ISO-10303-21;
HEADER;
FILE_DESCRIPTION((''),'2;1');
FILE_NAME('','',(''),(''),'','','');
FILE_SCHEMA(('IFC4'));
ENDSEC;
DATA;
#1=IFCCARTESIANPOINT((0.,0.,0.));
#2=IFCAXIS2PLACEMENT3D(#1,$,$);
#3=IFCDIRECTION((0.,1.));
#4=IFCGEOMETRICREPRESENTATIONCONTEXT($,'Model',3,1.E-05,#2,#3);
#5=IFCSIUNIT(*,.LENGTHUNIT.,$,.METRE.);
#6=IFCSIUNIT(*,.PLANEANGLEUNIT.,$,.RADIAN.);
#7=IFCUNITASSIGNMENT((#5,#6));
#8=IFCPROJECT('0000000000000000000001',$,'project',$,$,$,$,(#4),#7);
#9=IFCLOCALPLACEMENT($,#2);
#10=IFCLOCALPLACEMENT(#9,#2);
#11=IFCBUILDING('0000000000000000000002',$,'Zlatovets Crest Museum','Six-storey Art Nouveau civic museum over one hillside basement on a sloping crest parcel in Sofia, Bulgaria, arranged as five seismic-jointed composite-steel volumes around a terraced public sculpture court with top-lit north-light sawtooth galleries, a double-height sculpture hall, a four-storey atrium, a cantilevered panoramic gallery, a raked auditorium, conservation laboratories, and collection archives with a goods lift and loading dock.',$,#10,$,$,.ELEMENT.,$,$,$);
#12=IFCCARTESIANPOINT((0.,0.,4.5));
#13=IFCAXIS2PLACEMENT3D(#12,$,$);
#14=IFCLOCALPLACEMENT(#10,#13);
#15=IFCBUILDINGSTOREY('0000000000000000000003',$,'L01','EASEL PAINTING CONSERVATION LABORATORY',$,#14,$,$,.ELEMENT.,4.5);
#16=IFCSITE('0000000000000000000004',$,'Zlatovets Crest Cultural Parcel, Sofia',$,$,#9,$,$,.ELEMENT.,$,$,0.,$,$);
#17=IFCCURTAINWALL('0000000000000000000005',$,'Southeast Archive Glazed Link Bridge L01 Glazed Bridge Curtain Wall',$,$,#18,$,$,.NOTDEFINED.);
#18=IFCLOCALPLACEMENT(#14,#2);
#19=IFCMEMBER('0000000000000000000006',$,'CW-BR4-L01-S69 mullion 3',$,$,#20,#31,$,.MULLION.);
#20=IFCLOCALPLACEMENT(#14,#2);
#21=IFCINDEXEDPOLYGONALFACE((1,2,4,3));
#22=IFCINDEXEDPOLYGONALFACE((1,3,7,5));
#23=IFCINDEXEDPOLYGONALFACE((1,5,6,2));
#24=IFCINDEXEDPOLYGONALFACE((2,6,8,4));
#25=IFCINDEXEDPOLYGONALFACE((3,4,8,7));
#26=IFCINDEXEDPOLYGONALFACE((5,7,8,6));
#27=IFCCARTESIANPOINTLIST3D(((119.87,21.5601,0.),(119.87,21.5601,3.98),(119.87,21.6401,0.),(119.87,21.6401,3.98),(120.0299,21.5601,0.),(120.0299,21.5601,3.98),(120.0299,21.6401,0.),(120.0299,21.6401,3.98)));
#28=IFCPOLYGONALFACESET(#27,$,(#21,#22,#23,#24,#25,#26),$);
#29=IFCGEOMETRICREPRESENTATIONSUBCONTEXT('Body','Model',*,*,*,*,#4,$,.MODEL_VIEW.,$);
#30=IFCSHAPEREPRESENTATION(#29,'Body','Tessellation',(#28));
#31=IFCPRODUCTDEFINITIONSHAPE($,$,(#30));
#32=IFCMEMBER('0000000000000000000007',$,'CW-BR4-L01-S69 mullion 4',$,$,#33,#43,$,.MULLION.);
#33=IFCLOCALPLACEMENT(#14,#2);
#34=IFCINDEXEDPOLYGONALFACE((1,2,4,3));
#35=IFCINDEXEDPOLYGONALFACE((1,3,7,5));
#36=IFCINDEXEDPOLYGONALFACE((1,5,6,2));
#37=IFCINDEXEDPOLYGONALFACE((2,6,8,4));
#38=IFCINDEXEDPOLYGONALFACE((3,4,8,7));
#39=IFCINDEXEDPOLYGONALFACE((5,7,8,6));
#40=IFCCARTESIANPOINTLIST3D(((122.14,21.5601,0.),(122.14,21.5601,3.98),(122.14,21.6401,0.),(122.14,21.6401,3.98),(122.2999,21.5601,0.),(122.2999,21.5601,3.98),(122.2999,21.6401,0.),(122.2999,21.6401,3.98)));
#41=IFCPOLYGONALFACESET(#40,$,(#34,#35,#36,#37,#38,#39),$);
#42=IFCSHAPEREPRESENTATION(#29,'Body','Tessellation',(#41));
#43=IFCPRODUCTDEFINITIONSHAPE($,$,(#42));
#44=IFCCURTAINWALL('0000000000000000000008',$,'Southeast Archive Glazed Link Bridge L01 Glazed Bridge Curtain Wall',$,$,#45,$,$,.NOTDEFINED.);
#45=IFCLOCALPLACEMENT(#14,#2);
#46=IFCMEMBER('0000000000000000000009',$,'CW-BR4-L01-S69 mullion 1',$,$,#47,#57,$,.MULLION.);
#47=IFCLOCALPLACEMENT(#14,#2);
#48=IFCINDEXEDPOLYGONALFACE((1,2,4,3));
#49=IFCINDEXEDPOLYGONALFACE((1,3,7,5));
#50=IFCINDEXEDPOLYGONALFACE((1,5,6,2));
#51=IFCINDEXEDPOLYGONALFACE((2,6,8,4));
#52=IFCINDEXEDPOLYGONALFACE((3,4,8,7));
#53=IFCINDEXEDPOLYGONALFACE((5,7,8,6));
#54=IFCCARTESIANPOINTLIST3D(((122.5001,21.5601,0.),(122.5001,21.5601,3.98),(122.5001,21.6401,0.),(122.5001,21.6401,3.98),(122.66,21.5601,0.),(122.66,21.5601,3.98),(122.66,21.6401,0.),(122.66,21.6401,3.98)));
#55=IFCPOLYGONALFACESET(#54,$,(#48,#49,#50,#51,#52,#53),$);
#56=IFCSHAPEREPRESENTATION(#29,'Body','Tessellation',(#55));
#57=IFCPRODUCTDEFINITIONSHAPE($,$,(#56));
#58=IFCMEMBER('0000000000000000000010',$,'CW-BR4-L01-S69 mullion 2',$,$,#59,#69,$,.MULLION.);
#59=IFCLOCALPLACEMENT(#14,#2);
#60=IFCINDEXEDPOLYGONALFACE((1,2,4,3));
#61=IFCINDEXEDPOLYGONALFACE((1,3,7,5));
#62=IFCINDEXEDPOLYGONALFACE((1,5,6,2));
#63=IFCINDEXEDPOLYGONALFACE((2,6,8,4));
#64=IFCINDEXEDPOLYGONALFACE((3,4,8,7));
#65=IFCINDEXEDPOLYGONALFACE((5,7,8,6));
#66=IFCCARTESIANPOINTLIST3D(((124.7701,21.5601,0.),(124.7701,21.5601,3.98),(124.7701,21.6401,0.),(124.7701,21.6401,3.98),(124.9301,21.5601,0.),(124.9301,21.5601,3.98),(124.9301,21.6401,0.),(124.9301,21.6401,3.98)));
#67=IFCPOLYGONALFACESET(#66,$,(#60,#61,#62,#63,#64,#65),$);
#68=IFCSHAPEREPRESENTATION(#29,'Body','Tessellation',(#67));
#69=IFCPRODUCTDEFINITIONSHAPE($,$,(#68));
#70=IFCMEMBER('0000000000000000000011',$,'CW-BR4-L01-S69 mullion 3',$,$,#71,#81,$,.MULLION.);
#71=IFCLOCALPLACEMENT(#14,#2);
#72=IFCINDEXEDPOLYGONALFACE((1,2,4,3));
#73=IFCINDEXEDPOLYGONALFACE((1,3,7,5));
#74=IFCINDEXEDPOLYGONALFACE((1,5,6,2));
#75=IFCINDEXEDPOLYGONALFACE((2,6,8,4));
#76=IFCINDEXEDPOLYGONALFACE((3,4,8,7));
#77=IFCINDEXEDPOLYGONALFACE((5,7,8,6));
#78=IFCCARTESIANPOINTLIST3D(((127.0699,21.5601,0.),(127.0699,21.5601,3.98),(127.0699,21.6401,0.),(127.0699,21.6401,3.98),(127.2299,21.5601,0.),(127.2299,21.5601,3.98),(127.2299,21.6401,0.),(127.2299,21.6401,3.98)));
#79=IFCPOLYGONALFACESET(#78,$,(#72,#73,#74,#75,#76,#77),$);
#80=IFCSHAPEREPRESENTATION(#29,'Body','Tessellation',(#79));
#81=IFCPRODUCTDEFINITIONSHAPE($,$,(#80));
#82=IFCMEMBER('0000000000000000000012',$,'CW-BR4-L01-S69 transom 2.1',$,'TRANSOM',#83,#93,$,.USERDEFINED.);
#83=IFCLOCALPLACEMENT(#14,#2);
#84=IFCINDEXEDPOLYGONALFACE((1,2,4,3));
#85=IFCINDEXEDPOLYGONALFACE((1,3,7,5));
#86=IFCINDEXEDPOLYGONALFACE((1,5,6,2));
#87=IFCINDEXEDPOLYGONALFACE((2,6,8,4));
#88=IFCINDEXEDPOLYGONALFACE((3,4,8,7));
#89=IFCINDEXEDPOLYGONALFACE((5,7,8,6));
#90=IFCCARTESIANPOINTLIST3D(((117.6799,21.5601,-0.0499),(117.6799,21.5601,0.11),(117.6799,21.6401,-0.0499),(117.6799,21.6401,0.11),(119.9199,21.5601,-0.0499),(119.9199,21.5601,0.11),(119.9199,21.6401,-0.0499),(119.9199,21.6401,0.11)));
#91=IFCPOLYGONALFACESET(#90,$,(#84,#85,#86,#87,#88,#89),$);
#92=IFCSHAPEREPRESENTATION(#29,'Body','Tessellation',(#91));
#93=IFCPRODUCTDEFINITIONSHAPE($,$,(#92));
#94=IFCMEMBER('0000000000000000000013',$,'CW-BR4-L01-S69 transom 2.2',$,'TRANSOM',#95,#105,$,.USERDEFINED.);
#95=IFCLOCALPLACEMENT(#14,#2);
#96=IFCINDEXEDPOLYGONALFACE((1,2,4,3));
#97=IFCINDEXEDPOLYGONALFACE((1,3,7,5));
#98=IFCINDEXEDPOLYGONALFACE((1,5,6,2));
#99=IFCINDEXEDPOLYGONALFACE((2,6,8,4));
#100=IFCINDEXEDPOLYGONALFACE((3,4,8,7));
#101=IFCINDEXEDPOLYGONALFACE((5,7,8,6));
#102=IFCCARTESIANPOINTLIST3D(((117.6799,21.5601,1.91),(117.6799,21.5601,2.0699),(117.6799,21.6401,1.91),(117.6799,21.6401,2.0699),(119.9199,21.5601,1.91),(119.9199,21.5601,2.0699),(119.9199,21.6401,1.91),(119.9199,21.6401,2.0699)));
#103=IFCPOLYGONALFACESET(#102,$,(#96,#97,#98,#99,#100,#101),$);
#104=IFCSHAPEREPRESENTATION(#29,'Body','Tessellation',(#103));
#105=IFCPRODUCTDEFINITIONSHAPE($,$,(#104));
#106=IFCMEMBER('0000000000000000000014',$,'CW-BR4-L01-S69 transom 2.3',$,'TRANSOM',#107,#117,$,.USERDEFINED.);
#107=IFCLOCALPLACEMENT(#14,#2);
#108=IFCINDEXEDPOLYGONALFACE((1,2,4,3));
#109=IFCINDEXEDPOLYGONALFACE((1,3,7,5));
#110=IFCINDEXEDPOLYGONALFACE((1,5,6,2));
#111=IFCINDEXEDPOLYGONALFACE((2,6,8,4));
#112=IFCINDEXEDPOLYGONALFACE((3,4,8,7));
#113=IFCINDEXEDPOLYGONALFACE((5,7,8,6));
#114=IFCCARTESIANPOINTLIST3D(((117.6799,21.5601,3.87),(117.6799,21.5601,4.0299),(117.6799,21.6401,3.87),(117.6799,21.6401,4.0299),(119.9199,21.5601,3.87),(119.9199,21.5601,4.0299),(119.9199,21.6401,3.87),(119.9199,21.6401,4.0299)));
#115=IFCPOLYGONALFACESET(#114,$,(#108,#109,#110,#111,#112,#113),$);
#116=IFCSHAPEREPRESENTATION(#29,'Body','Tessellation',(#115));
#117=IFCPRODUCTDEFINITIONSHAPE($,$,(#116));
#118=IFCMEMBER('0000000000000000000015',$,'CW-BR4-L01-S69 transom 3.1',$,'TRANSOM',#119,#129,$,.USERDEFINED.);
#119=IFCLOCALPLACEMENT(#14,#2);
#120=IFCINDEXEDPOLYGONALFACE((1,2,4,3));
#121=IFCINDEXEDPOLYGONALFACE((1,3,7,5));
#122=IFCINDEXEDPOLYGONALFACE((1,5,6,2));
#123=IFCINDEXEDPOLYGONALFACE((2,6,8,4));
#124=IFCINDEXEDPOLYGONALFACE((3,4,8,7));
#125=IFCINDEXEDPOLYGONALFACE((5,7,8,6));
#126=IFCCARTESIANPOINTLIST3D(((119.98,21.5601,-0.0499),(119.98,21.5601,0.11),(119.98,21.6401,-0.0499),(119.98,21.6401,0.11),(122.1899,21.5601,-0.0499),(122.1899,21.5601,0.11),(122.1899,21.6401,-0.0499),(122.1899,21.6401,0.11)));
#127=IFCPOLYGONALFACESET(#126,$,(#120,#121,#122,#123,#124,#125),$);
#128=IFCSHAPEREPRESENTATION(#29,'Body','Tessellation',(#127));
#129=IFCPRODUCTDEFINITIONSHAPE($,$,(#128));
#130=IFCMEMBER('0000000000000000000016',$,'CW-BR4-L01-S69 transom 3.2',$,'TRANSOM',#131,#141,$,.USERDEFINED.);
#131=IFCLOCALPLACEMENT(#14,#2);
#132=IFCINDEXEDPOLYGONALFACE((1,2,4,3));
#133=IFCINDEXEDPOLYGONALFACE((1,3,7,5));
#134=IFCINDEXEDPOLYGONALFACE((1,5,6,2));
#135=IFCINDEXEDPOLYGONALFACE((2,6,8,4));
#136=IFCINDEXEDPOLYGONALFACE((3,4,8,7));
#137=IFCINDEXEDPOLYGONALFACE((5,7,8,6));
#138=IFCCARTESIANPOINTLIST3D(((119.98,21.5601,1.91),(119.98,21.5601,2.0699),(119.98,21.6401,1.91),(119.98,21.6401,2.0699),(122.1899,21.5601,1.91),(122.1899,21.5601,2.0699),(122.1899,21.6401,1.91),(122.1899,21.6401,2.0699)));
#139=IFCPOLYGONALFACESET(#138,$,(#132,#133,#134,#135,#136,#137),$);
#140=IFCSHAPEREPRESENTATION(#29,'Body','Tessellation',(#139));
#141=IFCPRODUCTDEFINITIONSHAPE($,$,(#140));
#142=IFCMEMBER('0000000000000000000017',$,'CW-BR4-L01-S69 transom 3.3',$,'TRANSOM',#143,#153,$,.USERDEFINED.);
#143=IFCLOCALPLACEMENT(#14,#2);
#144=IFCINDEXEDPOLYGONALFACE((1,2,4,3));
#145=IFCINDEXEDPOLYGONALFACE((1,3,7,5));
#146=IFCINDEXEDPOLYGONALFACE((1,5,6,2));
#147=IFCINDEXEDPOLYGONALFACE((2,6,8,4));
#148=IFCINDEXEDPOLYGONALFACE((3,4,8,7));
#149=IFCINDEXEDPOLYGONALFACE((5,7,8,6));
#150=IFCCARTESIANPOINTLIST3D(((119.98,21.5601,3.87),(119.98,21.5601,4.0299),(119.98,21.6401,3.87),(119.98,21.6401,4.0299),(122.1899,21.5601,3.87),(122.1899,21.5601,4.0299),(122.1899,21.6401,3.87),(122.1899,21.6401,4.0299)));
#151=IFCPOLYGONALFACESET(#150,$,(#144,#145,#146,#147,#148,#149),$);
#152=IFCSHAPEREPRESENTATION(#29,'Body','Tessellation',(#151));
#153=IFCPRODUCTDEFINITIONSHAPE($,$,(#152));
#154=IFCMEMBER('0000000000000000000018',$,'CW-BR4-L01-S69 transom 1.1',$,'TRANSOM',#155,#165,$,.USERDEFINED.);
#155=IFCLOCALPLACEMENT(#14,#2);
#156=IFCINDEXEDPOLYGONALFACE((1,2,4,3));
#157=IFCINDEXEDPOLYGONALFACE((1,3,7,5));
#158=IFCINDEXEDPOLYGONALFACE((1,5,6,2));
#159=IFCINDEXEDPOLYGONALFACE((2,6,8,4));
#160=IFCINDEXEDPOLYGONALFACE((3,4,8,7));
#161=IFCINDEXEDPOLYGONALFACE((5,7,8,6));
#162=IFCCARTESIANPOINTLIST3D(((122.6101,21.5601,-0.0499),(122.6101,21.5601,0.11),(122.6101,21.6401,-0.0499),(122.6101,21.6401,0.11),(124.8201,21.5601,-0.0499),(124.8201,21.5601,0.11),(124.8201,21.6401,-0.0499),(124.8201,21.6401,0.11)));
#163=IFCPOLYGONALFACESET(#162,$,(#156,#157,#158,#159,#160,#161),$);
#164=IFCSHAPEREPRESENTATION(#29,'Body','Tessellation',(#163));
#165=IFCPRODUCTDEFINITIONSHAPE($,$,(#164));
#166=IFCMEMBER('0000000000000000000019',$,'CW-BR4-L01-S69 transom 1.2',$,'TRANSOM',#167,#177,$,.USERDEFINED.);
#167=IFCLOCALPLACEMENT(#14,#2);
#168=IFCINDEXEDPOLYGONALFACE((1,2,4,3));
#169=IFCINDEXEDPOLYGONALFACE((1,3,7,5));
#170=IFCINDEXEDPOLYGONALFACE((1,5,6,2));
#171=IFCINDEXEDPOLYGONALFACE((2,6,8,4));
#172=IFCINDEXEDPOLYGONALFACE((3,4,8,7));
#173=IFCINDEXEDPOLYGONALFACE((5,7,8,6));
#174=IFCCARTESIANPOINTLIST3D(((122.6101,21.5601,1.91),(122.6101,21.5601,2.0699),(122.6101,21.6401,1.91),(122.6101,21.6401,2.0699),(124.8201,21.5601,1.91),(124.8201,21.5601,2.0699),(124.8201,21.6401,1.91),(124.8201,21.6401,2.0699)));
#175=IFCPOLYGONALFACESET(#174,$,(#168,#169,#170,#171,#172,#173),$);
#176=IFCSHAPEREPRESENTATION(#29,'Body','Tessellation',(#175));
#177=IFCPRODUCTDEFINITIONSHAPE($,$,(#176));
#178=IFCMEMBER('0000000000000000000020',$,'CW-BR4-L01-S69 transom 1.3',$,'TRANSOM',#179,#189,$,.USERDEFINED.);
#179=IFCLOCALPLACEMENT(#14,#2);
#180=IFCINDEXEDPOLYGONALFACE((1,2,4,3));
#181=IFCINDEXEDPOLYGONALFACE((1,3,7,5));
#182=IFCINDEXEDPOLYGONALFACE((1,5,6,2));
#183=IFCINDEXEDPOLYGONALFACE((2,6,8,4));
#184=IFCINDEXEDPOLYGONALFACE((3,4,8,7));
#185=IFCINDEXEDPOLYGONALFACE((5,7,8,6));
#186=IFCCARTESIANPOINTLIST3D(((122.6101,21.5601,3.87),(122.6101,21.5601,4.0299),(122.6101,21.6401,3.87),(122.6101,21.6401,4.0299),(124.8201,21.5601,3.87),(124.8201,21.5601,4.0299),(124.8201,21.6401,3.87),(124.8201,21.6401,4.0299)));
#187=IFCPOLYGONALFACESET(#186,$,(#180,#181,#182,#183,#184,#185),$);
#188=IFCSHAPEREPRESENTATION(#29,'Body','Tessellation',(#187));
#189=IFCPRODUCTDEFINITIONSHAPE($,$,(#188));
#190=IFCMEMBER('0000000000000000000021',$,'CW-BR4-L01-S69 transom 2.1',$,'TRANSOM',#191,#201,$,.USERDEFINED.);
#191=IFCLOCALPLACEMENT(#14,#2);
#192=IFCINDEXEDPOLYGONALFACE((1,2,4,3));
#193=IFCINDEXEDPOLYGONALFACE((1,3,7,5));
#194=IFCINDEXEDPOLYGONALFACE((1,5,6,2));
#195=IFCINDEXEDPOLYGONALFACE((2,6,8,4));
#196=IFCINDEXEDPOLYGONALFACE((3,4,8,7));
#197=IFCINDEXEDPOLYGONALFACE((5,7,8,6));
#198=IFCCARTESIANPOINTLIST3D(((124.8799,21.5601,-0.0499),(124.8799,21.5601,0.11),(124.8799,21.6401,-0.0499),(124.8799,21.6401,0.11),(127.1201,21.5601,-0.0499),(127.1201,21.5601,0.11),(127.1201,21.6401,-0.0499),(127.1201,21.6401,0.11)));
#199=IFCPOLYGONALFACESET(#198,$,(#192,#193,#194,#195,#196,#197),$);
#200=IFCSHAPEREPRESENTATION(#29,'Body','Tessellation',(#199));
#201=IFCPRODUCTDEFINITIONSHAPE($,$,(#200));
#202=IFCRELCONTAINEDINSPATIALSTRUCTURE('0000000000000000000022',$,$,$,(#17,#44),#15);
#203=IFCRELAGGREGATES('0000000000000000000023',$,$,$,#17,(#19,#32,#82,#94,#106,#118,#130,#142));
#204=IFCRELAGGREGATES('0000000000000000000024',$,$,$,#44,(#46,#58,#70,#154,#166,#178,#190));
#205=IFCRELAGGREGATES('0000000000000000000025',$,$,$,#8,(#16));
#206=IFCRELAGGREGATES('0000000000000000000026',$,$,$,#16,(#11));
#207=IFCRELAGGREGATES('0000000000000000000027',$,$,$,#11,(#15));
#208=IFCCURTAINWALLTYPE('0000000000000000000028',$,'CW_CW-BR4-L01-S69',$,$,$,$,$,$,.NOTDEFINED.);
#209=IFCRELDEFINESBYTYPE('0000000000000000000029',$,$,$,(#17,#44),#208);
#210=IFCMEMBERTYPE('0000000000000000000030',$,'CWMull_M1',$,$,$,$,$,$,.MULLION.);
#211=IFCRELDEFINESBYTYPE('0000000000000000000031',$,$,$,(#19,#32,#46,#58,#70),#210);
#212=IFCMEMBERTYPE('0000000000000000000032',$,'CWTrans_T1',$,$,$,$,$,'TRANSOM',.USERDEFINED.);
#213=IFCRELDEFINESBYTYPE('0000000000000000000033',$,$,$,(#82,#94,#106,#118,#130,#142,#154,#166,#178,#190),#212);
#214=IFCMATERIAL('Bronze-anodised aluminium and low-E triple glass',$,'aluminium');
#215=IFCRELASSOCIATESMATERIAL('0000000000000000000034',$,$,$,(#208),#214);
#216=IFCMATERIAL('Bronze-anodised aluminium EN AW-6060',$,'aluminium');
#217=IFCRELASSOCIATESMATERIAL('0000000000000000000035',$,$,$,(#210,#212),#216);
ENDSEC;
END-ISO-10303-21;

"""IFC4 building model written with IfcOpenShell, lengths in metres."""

from ifc_helpers import new_model, si_unit, direction, frame, origin, origin_2d, place, context, subcontext, project, spatial, rectangle, extrude, material, material_profile, profile_set, type_object, element, aggregate, save


model = new_model("IFC4")

# Units and contexts
model_context = context("Model", 3, precision=1e-05, world=origin(), true_north=direction((0.0, 1.0)))
body_context = subcontext(model_context, "Body", "Model", "MODEL_VIEW")
ifc_project = project(units=[si_unit("LENGTHUNIT", "METRE"), si_unit("PLANEANGLEUNIT", "RADIAN")], contexts=[model_context])

# Site, building, storey
site_placement = place(None, origin())
site = spatial("IfcSite", under=ifc_project, at=site_placement, Name="Zlatovets Crest Cultural Parcel, Sofia", CompositionType="ELEMENT", RefElevation=0.0)
building_placement = place(site_placement, origin())
building = spatial("IfcBuilding", under=site, at=building_placement, Name="Zlatovets Crest Museum", Description="Six-storey Art Nouveau civic museum over one hillside basement on a sloping crest parcel in Sofia, Bulgaria, arranged as five seismic-jointed composite-steel volumes around a terraced public sculpture court with top-lit north-light sawtooth galleries, a double-height sculpture hall, a four-storey atrium, a cantilevered panoramic gallery, a raked auditorium, conservation laboratories, and collection archives with a goods lift and loading dock.", CompositionType="ELEMENT")
storey_placement = place(building_placement, frame((0.0, 0.0, 4.5)))
storey = spatial("IfcBuildingStorey", under=building, at=storey_placement, Name="L01", Description="EASEL PAINTING CONSERVATION LABORATORY", CompositionType="ELEMENT", Elevation=4.5)

# Curtain walls, members
ifc_material_1 = material(Name="Bronze-anodised aluminium and low-E triple glass", Category="aluminium")
curtain_wall_type = type_object("IfcCurtainWallType", Name="CW_CW-BR4-L01-S69", PredefinedType="NOTDEFINED", material=ifc_material_1)
curtain_wall_1_placement = place(storey_placement, origin())
curtain_wall_1 = element("IfcCurtainWall", 1, at=curtain_wall_1_placement, inside=storey, type_object=curtain_wall_type, Name="Southeast Archive Glazed Link Bridge L01 Glazed Bridge Curtain Wall", PredefinedType="NOTDEFINED")
ifc_material_2 = material(Name="Bronze-anodised aluminium EN AW-6060", Category="aluminium")
ifc_material_profile_1 = material_profile(ifc_material_2, rectangle(XDim=0.0801, YDim=0.1599, at=origin_2d()), Name="ALU 80x160")
ifc_profile_set_1 = profile_set([ifc_material_profile_1], Name="Bronze-anodised aluminium EN AW-6060")
member_type_1 = type_object("IfcMemberType", Name="CWMull_M1", PredefinedType="MULLION", material=ifc_profile_set_1)
member_1_placement = place(storey_placement, frame((119.95, 21.6001, 0.0), z_axis=(0.0, 0.0, 1.0), x_axis=(0.0, 1.0, 0.0)))
member_1 = element("IfcMember", 2, at=member_1_placement, type_object=member_type_1, Name="CW-BR4-L01-S69 mullion 3", PredefinedType="MULLION", context=body_context, shape_type="SweptSolid", body=[
    extrude(rectangle(XDim=0.0801, YDim=0.1599, at=origin_2d()), origin(), (0.0, 0.0, 1.0), 3.98),
])
member_2_placement = place(storey_placement, frame((122.22, 21.6001, 0.0), z_axis=(0.0, 0.0, 1.0), x_axis=(0.0, 1.0, 0.0)))
member_2 = element("IfcMember", 3, at=member_2_placement, type_object=member_type_1, Name="CW-BR4-L01-S69 mullion 4", PredefinedType="MULLION", context=body_context, shape_type="SweptSolid", body=[
    extrude(rectangle(XDim=0.0801, YDim=0.1599, at=origin_2d()), origin(), (0.0, 0.0, 1.0), 3.98),
])
curtain_wall_2_placement = place(storey_placement, origin())
curtain_wall_2 = element("IfcCurtainWall", 4, at=curtain_wall_2_placement, inside=storey, type_object=curtain_wall_type, Name="Southeast Archive Glazed Link Bridge L01 Glazed Bridge Curtain Wall", PredefinedType="NOTDEFINED")
member_3_placement = place(storey_placement, frame((122.5801, 21.6001, 0.0), z_axis=(0.0, 0.0, 1.0), x_axis=(0.0, 1.0, 0.0)))
member_3 = element("IfcMember", 5, at=member_3_placement, type_object=member_type_1, Name="CW-BR4-L01-S69 mullion 1", PredefinedType="MULLION", context=body_context, shape_type="SweptSolid", body=[
    extrude(rectangle(XDim=0.0801, YDim=0.1599, at=origin_2d()), origin(), (0.0, 0.0, 1.0), 3.98),
])
member_4_placement = place(storey_placement, frame((124.8501, 21.6001, 0.0), z_axis=(0.0, 0.0, 1.0), x_axis=(0.0, 1.0, 0.0)))
member_4 = element("IfcMember", 6, at=member_4_placement, type_object=member_type_1, Name="CW-BR4-L01-S69 mullion 2", PredefinedType="MULLION", context=body_context, shape_type="SweptSolid", body=[
    extrude(rectangle(XDim=0.0801, YDim=0.1599, at=origin_2d()), origin(), (0.0, 0.0, 1.0), 3.98),
])
member_5_placement = place(storey_placement, frame((127.1499, 21.6001, 0.0), z_axis=(0.0, 0.0, 1.0), x_axis=(0.0, 1.0, 0.0)))
member_5 = element("IfcMember", 7, at=member_5_placement, type_object=member_type_1, Name="CW-BR4-L01-S69 mullion 3", PredefinedType="MULLION", context=body_context, shape_type="SweptSolid", body=[
    extrude(rectangle(XDim=0.0801, YDim=0.1599, at=origin_2d()), origin(), (0.0, 0.0, 1.0), 3.98),
])

# Members
ifc_material_profile_2 = material_profile(ifc_material_2, rectangle(XDim=0.0801, YDim=0.1599, at=origin_2d()), Name="ALU 80x160")
ifc_profile_set_2 = profile_set([ifc_material_profile_2], Name="Bronze-anodised aluminium EN AW-6060")
member_type_2 = type_object("IfcMemberType", Name="CWTrans_T1", ElementType="TRANSOM", PredefinedType="USERDEFINED", material=ifc_profile_set_2)
member_6_placement = place(storey_placement, frame((117.6799, 21.6001, 0.03), z_axis=(1.0, 0.0, 0.0), x_axis=(0.0, 1.0, 0.0)))
member_6 = element("IfcMember", 8, at=member_6_placement, type_object=member_type_2, Name="CW-BR4-L01-S69 transom 2.1", ObjectType="TRANSOM", PredefinedType="USERDEFINED", context=body_context, shape_type="SweptSolid", body=[
    extrude(rectangle(XDim=0.0801, YDim=0.1599, at=origin_2d()), origin(), (0.0, 0.0, 1.0), 2.24),
])
member_7_placement = place(storey_placement, frame((117.6799, 21.6001, 1.99), z_axis=(1.0, 0.0, 0.0), x_axis=(0.0, 1.0, 0.0)))
member_7 = element("IfcMember", 9, at=member_7_placement, type_object=member_type_2, Name="CW-BR4-L01-S69 transom 2.2", ObjectType="TRANSOM", PredefinedType="USERDEFINED", context=body_context, shape_type="SweptSolid", body=[
    extrude(rectangle(XDim=0.0801, YDim=0.1599, at=origin_2d()), origin(), (0.0, 0.0, 1.0), 2.24),
])
member_8_placement = place(storey_placement, frame((117.6799, 21.6001, 3.95), z_axis=(1.0, 0.0, 0.0), x_axis=(0.0, 1.0, 0.0)))
member_8 = element("IfcMember", 10, at=member_8_placement, type_object=member_type_2, Name="CW-BR4-L01-S69 transom 2.3", ObjectType="TRANSOM", PredefinedType="USERDEFINED", context=body_context, shape_type="SweptSolid", body=[
    extrude(rectangle(XDim=0.0801, YDim=0.1599, at=origin_2d()), origin(), (0.0, 0.0, 1.0), 2.24),
])
member_9_placement = place(storey_placement, frame((119.98, 21.6001, 0.03), z_axis=(1.0, 0.0, 0.0), x_axis=(0.0, 1.0, 0.0)))
member_9 = element("IfcMember", 11, at=member_9_placement, type_object=member_type_2, Name="CW-BR4-L01-S69 transom 3.1", ObjectType="TRANSOM", PredefinedType="USERDEFINED", context=body_context, shape_type="SweptSolid", body=[
    extrude(rectangle(XDim=0.0801, YDim=0.1599, at=origin_2d()), origin(), (0.0, 0.0, 1.0), 2.21),
])
member_10_placement = place(storey_placement, frame((119.98, 21.6001, 1.99), z_axis=(1.0, 0.0, 0.0), x_axis=(0.0, 1.0, 0.0)))
member_10 = element("IfcMember", 12, at=member_10_placement, type_object=member_type_2, Name="CW-BR4-L01-S69 transom 3.2", ObjectType="TRANSOM", PredefinedType="USERDEFINED", context=body_context, shape_type="SweptSolid", body=[
    extrude(rectangle(XDim=0.0801, YDim=0.1599, at=origin_2d()), origin(), (0.0, 0.0, 1.0), 2.21),
])
member_11_placement = place(storey_placement, frame((119.98, 21.6001, 3.95), z_axis=(1.0, 0.0, 0.0), x_axis=(0.0, 1.0, 0.0)))
member_11 = element("IfcMember", 13, at=member_11_placement, type_object=member_type_2, Name="CW-BR4-L01-S69 transom 3.3", ObjectType="TRANSOM", PredefinedType="USERDEFINED", context=body_context, shape_type="SweptSolid", body=[
    extrude(rectangle(XDim=0.0801, YDim=0.1599, at=origin_2d()), origin(), (0.0, 0.0, 1.0), 2.21),
])
member_12_placement = place(storey_placement, frame((122.6101, 21.6001, 0.03), z_axis=(1.0, 0.0, 0.0), x_axis=(0.0, 1.0, 0.0)))
member_12 = element("IfcMember", 14, at=member_12_placement, type_object=member_type_2, Name="CW-BR4-L01-S69 transom 1.1", ObjectType="TRANSOM", PredefinedType="USERDEFINED", context=body_context, shape_type="SweptSolid", body=[
    extrude(rectangle(XDim=0.0801, YDim=0.1599, at=origin_2d()), origin(), (0.0, 0.0, 1.0), 2.21),
])
member_13_placement = place(storey_placement, frame((122.6101, 21.6001, 1.99), z_axis=(1.0, 0.0, 0.0), x_axis=(0.0, 1.0, 0.0)))
member_13 = element("IfcMember", 15, at=member_13_placement, type_object=member_type_2, Name="CW-BR4-L01-S69 transom 1.2", ObjectType="TRANSOM", PredefinedType="USERDEFINED", context=body_context, shape_type="SweptSolid", body=[
    extrude(rectangle(XDim=0.0801, YDim=0.1599, at=origin_2d()), origin(), (0.0, 0.0, 1.0), 2.21),
])
member_14_placement = place(storey_placement, frame((122.6101, 21.6001, 3.95), z_axis=(1.0, 0.0, 0.0), x_axis=(0.0, 1.0, 0.0)))
member_14 = element("IfcMember", 16, at=member_14_placement, type_object=member_type_2, Name="CW-BR4-L01-S69 transom 1.3", ObjectType="TRANSOM", PredefinedType="USERDEFINED", context=body_context, shape_type="SweptSolid", body=[
    extrude(rectangle(XDim=0.0801, YDim=0.1599, at=origin_2d()), origin(), (0.0, 0.0, 1.0), 2.21),
])
member_15_placement = place(storey_placement, frame((124.8799, 21.6001, 0.03), z_axis=(1.0, 0.0, 0.0), x_axis=(0.0, 1.0, 0.0)))
member_15 = element("IfcMember", 17, at=member_15_placement, type_object=member_type_2, Name="CW-BR4-L01-S69 transom 2.1", ObjectType="TRANSOM", PredefinedType="USERDEFINED", context=body_context, shape_type="SweptSolid", body=[
    extrude(rectangle(XDim=0.0801, YDim=0.1599, at=origin_2d()), origin(), (0.0, 0.0, 1.0), 2.2402),
])

aggregate(curtain_wall_1, [member_1, member_2, member_6, member_7, member_8, member_9, member_10, member_11])
aggregate(curtain_wall_2, [member_3, member_4, member_5, member_12, member_13, member_14, member_15])

save(model, "model.ifc")
